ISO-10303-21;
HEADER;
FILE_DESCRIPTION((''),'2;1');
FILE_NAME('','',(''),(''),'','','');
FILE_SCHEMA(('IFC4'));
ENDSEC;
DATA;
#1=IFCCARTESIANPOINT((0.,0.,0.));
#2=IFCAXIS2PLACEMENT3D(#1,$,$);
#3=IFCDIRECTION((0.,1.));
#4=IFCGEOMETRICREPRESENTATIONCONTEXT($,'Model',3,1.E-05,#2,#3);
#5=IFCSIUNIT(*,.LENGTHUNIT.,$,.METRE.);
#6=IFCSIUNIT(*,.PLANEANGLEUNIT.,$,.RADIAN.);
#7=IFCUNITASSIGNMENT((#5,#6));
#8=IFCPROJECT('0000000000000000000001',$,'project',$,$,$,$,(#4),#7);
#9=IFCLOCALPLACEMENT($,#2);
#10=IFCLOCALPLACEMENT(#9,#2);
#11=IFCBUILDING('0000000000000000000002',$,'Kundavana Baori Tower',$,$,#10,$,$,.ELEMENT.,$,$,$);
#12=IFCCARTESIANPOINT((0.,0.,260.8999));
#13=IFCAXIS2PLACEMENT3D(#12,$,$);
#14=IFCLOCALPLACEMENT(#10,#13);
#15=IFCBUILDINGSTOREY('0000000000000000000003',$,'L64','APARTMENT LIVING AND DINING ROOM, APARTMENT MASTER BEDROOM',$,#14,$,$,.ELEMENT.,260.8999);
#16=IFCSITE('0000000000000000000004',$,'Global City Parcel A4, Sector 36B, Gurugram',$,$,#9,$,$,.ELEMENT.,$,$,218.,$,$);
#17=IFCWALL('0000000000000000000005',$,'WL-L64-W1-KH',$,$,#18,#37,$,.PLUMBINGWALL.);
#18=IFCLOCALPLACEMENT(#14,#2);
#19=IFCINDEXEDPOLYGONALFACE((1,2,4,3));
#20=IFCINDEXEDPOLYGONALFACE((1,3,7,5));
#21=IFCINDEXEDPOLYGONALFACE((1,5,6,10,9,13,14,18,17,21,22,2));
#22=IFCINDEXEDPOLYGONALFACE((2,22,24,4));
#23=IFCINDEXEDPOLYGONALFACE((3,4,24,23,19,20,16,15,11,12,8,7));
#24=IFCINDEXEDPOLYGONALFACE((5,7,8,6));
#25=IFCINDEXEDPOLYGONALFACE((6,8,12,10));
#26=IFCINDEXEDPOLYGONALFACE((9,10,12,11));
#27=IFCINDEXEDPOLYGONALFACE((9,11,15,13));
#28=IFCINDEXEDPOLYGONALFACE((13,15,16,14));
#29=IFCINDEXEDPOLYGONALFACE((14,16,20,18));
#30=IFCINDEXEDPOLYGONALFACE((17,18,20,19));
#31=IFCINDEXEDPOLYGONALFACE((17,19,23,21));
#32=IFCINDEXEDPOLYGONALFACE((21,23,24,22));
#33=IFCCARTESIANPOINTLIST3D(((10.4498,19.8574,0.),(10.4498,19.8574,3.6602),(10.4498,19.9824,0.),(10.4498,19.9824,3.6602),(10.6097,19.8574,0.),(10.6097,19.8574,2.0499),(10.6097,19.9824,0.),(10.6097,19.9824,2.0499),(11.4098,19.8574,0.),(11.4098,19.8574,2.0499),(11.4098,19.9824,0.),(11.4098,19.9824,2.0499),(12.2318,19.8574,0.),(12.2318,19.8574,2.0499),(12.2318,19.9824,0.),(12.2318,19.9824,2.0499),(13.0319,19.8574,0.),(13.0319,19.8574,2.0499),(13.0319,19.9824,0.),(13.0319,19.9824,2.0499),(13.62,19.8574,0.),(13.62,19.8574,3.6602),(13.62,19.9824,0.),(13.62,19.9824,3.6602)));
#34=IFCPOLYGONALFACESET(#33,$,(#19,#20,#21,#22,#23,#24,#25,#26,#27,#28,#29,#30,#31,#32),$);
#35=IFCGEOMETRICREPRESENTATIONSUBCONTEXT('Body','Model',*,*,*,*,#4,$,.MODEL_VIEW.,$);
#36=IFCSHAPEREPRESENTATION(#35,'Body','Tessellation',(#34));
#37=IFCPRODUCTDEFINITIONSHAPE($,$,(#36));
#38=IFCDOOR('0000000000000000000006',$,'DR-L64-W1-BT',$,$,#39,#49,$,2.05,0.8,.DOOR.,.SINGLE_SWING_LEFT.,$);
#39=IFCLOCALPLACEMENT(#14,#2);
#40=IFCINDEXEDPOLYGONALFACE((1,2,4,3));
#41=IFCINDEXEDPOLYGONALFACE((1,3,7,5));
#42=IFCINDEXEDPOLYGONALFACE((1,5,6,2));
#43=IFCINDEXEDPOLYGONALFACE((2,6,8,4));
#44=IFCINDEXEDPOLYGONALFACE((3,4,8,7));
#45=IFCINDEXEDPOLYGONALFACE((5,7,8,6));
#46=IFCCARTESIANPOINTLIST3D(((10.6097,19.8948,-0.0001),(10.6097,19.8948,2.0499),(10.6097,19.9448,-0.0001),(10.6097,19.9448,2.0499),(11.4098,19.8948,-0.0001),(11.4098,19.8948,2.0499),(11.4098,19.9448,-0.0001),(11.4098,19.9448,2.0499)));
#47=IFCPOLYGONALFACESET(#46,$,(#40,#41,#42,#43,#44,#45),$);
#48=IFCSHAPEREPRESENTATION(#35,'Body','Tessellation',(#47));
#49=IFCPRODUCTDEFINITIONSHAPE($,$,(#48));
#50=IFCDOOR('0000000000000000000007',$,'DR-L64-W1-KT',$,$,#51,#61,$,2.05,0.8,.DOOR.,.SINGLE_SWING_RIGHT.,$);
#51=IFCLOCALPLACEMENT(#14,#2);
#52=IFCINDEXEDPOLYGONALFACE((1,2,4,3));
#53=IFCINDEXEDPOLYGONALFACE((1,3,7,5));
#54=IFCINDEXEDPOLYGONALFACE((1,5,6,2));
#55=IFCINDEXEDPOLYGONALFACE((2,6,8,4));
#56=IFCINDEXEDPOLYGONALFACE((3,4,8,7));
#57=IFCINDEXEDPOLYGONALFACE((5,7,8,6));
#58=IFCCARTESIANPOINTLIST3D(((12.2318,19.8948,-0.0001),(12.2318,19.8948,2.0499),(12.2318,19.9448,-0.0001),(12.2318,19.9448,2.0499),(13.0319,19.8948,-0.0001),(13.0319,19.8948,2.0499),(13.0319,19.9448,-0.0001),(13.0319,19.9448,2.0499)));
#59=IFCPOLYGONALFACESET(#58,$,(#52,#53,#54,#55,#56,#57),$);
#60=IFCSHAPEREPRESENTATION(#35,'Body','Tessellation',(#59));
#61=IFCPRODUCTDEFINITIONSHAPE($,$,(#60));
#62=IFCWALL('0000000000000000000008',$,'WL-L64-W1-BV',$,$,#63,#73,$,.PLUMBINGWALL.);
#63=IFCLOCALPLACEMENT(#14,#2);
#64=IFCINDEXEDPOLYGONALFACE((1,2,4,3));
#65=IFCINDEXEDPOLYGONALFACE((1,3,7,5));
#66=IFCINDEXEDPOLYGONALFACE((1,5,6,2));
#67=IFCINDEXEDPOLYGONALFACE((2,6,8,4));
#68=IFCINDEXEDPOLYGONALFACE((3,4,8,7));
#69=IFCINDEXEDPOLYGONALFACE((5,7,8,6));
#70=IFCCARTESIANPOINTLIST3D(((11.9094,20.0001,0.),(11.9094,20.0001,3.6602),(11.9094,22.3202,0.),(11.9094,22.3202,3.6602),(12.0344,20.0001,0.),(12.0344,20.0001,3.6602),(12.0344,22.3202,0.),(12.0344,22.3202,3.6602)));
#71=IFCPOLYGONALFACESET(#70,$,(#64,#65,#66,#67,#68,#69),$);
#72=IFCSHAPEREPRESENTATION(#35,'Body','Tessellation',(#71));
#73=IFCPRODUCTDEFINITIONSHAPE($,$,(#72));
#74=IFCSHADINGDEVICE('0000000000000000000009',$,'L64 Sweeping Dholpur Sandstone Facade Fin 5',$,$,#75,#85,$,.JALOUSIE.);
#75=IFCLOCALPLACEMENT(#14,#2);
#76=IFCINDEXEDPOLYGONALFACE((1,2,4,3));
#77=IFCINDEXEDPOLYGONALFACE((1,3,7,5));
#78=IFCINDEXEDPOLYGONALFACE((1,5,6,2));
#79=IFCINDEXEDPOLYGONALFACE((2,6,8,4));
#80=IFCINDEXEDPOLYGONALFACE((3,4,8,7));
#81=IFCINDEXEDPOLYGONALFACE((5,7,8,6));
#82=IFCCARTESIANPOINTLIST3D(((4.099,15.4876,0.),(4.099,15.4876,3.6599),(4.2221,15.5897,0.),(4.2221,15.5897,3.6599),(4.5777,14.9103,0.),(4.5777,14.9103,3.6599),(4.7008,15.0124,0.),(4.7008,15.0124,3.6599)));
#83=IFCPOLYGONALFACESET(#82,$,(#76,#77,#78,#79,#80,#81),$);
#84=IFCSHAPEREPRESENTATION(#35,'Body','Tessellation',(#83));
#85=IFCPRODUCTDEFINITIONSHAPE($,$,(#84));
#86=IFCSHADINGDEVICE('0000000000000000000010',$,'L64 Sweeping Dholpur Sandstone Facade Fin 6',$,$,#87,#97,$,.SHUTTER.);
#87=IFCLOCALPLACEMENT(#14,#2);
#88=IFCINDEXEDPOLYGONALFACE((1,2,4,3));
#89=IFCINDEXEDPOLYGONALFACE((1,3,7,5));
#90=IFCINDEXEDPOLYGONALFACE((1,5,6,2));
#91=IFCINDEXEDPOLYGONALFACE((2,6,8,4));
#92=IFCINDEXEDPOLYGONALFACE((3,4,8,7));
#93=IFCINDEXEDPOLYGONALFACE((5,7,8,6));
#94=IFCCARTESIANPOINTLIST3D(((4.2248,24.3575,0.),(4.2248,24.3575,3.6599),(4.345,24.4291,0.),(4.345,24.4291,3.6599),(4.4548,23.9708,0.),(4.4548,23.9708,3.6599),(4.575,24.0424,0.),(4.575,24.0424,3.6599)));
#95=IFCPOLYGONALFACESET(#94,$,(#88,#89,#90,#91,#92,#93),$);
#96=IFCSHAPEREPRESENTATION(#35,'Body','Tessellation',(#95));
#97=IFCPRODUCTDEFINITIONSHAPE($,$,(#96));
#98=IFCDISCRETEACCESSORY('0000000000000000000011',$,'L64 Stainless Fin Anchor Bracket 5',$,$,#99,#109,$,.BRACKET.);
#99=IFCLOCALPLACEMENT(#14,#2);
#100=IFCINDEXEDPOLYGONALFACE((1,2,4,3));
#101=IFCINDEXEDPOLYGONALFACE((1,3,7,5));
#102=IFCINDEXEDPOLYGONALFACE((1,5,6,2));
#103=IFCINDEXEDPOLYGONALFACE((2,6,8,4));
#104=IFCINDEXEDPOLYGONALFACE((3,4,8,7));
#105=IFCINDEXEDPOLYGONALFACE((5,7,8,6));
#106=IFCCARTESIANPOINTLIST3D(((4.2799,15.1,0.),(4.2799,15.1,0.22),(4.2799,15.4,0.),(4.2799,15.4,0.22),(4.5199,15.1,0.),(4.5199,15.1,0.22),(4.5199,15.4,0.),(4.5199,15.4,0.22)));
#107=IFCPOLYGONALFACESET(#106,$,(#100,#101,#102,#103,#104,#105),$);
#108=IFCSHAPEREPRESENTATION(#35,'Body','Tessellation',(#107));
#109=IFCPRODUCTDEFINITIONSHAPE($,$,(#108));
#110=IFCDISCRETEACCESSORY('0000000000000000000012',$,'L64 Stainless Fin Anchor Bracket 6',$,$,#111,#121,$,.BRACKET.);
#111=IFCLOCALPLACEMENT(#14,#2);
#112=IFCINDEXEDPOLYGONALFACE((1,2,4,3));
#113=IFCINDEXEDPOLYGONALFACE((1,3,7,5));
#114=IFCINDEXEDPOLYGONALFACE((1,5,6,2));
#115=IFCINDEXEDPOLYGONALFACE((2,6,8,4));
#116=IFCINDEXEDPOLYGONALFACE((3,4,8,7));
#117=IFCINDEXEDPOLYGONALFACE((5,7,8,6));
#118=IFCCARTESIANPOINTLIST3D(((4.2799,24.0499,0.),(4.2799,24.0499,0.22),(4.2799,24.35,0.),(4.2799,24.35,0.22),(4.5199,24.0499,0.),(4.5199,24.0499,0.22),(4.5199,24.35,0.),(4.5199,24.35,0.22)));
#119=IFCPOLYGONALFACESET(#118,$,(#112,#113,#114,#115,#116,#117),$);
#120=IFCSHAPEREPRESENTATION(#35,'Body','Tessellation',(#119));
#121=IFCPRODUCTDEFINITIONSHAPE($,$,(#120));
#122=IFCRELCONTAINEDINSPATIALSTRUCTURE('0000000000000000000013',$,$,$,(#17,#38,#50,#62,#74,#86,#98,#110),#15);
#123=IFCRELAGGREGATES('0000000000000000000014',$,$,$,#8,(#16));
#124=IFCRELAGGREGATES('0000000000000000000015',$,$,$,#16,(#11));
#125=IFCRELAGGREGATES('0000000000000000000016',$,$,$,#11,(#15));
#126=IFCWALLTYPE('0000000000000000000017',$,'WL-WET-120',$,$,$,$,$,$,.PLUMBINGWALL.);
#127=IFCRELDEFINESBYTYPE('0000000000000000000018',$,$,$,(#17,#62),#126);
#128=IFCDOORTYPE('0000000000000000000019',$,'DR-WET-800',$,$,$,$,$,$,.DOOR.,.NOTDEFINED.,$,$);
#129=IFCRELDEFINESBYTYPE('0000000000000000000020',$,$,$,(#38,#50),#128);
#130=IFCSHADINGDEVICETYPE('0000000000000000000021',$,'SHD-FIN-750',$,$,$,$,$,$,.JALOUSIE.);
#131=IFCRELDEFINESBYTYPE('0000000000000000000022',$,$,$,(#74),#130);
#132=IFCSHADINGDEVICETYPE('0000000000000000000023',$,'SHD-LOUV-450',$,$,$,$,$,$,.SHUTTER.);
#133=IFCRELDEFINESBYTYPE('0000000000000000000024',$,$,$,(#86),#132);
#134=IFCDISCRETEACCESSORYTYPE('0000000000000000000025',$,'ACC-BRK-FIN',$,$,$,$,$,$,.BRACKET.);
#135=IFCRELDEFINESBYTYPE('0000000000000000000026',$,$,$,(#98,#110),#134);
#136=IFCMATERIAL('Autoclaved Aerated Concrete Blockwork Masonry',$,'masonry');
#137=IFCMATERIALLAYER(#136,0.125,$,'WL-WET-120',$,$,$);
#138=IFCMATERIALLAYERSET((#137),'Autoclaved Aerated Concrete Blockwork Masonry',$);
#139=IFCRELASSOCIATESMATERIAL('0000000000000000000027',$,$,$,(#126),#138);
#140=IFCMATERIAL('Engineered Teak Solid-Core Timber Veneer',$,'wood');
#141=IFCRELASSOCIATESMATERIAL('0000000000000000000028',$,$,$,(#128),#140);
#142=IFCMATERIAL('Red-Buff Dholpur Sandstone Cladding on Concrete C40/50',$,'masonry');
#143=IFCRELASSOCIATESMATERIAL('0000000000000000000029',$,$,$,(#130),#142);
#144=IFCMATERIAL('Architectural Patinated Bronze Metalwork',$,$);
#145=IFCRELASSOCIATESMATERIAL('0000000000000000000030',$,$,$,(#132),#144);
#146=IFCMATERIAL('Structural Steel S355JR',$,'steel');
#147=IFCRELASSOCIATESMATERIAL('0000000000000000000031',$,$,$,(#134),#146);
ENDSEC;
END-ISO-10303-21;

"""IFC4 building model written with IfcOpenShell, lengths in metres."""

from ifc_helpers import new_model, si_unit, direction, frame, frame_2d, origin, origin_2d, place, context, subcontext, project, spatial, rectangle, extrude, material, layer, layer_set, type_object, element, fill, save


model = new_model("IFC4")

# Units and contexts
model_context = context("Model", 3, precision=1e-05, world=origin(), true_north=direction((0.0, 1.0)))
body_context = subcontext(model_context, "Body", "Model", "MODEL_VIEW")
ifc_project = project(units=[si_unit("LENGTHUNIT", "METRE"), si_unit("PLANEANGLEUNIT", "RADIAN")], contexts=[model_context])

# Site, building, storey
site_placement = place(None, origin())
site = spatial("IfcSite", under=ifc_project, at=site_placement, Name="Global City Parcel A4, Sector 36B, Gurugram", CompositionType="ELEMENT", RefElevation=218.0)
building_placement = place(site_placement, origin())
building = spatial("IfcBuilding", under=site, at=building_placement, Name="Kundavana Baori Tower", CompositionType="ELEMENT")
storey_placement = place(building_placement, frame((0.0, 0.0, 260.8999)))
storey = spatial("IfcBuildingStorey", under=building, at=storey_placement, Name="L64", Description="APARTMENT LIVING AND DINING ROOM, APARTMENT MASTER BEDROOM", CompositionType="ELEMENT", Elevation=260.8999)

# Wall, openings, doors
ifc_material_1 = material(Name="Autoclaved Aerated Concrete Blockwork Masonry", Category="masonry")
ifc_layer_1 = layer(ifc_material_1, 0.125, Name="WL-WET-120")
ifc_layer_set_1 = layer_set([ifc_layer_1], Name="Autoclaved Aerated Concrete Blockwork Masonry")
wall_type_1 = type_object("IfcWallType", Name="WL-WET-120", PredefinedType="PLUMBINGWALL", material=ifc_layer_set_1)
wall_1_placement = place(storey_placement, frame((10.45, 19.9199, 0.0), z_axis=(0.0, 0.0, 1.0), x_axis=(1.0, 0.0, 0.0)))
wall_1 = element("IfcWall", 1, at=wall_1_placement, inside=storey, type_object=wall_type_1, Name="WL-L64-W1-KH", PredefinedType="PLUMBINGWALL", context=body_context, shape_type="SweptSolid", body=[
    extrude(rectangle(XDim=3.1702, YDim=0.125, at=frame_2d((1.585, 0.0))), origin(), (0.0, 0.0, 1.0), 3.6602),
])
opening_1_placement = place(wall_1_placement, frame((0.1599, 0.0, 0.0)))
opening_1 = element("IfcOpeningElement", 2, at=opening_1_placement, cuts=wall_1, PredefinedType="OPENING", context=body_context, shape_type="SweptSolid", body=[
    extrude(rectangle(XDim=0.8, YDim=2.05, at=frame_2d((0.3999, 1.0249))), frame((0.0, 0.0725, 0.0), z_axis=(0.0, -1.0, 0.0), x_axis=(1.0, 0.0, 0.0)), (0.0, 0.0, 1.0), 0.145),
])
opening_2_placement = place(wall_1_placement, frame((1.782, 0.0, 0.0)))
opening_2 = element("IfcOpeningElement", 3, at=opening_2_placement, cuts=wall_1, PredefinedType="OPENING", context=body_context, shape_type="SweptSolid", body=[
    extrude(rectangle(XDim=0.8, YDim=2.05, at=frame_2d((0.3999, 1.0249))), frame((0.0, 0.0725, 0.0), z_axis=(0.0, -1.0, 0.0), x_axis=(1.0, 0.0, 0.0)), (0.0, 0.0, 1.0), 0.145),
])
ifc_material_2 = material(Name="Engineered Teak Solid-Core Timber Veneer", Category="wood")
door_type_1 = type_object("IfcDoorType", Name="DR-WET-800", OperationType="NOTDEFINED", PredefinedType="DOOR", material=ifc_material_2)
door_1_placement = place(opening_1_placement, origin())
door_1 = element("IfcDoor", 4, at=door_1_placement, inside=storey, type_object=door_type_1, Name="DR-L64-W1-BT", OperationType="SINGLE_SWING_LEFT", OverallHeight=2.05, OverallWidth=0.8, PredefinedType="DOOR", context=body_context, shape_type="SweptSolid", body=[
    extrude(rectangle(XDim=0.8, YDim=2.05, at=frame_2d((0.3999, 1.0249))), frame((0.0, 0.0249, 0.0), z_axis=(0.0, -1.0, 0.0), x_axis=(1.0, 0.0, 0.0)), (0.0, 0.0, 1.0), 0.05),
])
fill(opening_1, door_1)
door_2_placement = place(opening_2_placement, origin())
door_2 = element("IfcDoor", 5, at=door_2_placement, inside=storey, type_object=door_type_1, Name="DR-L64-W1-KT", OperationType="SINGLE_SWING_RIGHT", OverallHeight=2.05, OverallWidth=0.8, PredefinedType="DOOR", context=body_context, shape_type="SweptSolid", body=[
    extrude(rectangle(XDim=0.8, YDim=2.05, at=frame_2d((0.3999, 1.0249))), frame((0.0, 0.0249, 0.0), z_axis=(0.0, -1.0, 0.0), x_axis=(1.0, 0.0, 0.0)), (0.0, 0.0, 1.0), 0.05),
])
fill(opening_2, door_2)

# Wall
wall_2_placement = place(storey_placement, frame((11.9719, 20.0, 0.0), z_axis=(0.0, 0.0, 1.0), x_axis=(0.0, 1.0, 0.0)))
element("IfcWall", 6, at=wall_2_placement, inside=storey, type_object=wall_type_1, Name="WL-L64-W1-BV", PredefinedType="PLUMBINGWALL", context=body_context, shape_type="SweptSolid", body=[
    extrude(rectangle(XDim=2.3201, YDim=0.125, at=frame_2d((1.1602, 0.0))), origin(), (0.0, 0.0, 1.0), 3.6602),
])

# Shading devices
ifc_material_3 = material(Name="Red-Buff Dholpur Sandstone Cladding on Concrete C40/50", Category="masonry")
shading_device_type_1 = type_object("IfcShadingDeviceType", Name="SHD-FIN-750", PredefinedType="JALOUSIE", material=ifc_material_3)
shading_device_1_placement = place(storey_placement, frame((4.3999, 15.25, 0.0), z_axis=(0.0, 0.0, 1.0), x_axis=(0.769734, 0.638365, 0.0)))
element("IfcShadingDevice", 7, at=shading_device_1_placement, inside=storey, type_object=shading_device_type_1, Name="L64 Sweeping Dholpur Sandstone Facade Fin 5", PredefinedType="JALOUSIE", context=body_context, shape_type="SweptSolid", body=[
    extrude(rectangle(XDim=0.1599, YDim=0.75, at=origin_2d()), origin(), (0.0, 0.0, 1.0), 3.6599),
])
ifc_material_4 = material(Name="Architectural Patinated Bronze Metalwork")
shading_device_type_2 = type_object("IfcShadingDeviceType", Name="SHD-LOUV-450", PredefinedType="SHUTTER", material=ifc_material_4)
shading_device_2_placement = place(storey_placement, frame((4.3999, 24.2, 0.0), z_axis=(0.0, 0.0, 1.0), x_axis=(0.859406, 0.511293, 0.0)))
element("IfcShadingDevice", 8, at=shading_device_2_placement, inside=storey, type_object=shading_device_type_2, Name="L64 Sweeping Dholpur Sandstone Facade Fin 6", PredefinedType="SHUTTER", context=body_context, shape_type="SweptSolid", body=[
    extrude(rectangle(XDim=0.1399, YDim=0.45, at=origin_2d()), origin(), (0.0, 0.0, 1.0), 3.6599),
])

# Discrete accessories
ifc_material_5 = material(Name="Structural Steel S355JR", Category="steel")
discrete_accessory_type = type_object("IfcDiscreteAccessoryType", Name="ACC-BRK-FIN", PredefinedType="BRACKET", material=ifc_material_5)
for number, where, z_axis, x_axis, name in (
    (9, (4.3999, 15.25, 0.0), (0.0, 0.0, 1.0), (1.0, 0.0, 0.0), "L64 Stainless Fin Anchor Bracket 5"),
    (10, (4.3999, 24.2, 0.0), (0.0, 0.0, 1.0), (1.0, 0.0, 0.0), "L64 Stainless Fin Anchor Bracket 6"),
):
    element("IfcDiscreteAccessory", number, at=place(storey_placement, frame(where, z_axis=z_axis, x_axis=x_axis)), inside=storey, type_object=discrete_accessory_type, Name=name, PredefinedType="BRACKET", context=body_context, shape_type="SweptSolid", body=[
        extrude(rectangle(XDim=0.24, YDim=0.3, at=origin_2d()), origin(), (0.0, 0.0, 1.0), 0.22),
    ])

save(model, "model.ifc")
